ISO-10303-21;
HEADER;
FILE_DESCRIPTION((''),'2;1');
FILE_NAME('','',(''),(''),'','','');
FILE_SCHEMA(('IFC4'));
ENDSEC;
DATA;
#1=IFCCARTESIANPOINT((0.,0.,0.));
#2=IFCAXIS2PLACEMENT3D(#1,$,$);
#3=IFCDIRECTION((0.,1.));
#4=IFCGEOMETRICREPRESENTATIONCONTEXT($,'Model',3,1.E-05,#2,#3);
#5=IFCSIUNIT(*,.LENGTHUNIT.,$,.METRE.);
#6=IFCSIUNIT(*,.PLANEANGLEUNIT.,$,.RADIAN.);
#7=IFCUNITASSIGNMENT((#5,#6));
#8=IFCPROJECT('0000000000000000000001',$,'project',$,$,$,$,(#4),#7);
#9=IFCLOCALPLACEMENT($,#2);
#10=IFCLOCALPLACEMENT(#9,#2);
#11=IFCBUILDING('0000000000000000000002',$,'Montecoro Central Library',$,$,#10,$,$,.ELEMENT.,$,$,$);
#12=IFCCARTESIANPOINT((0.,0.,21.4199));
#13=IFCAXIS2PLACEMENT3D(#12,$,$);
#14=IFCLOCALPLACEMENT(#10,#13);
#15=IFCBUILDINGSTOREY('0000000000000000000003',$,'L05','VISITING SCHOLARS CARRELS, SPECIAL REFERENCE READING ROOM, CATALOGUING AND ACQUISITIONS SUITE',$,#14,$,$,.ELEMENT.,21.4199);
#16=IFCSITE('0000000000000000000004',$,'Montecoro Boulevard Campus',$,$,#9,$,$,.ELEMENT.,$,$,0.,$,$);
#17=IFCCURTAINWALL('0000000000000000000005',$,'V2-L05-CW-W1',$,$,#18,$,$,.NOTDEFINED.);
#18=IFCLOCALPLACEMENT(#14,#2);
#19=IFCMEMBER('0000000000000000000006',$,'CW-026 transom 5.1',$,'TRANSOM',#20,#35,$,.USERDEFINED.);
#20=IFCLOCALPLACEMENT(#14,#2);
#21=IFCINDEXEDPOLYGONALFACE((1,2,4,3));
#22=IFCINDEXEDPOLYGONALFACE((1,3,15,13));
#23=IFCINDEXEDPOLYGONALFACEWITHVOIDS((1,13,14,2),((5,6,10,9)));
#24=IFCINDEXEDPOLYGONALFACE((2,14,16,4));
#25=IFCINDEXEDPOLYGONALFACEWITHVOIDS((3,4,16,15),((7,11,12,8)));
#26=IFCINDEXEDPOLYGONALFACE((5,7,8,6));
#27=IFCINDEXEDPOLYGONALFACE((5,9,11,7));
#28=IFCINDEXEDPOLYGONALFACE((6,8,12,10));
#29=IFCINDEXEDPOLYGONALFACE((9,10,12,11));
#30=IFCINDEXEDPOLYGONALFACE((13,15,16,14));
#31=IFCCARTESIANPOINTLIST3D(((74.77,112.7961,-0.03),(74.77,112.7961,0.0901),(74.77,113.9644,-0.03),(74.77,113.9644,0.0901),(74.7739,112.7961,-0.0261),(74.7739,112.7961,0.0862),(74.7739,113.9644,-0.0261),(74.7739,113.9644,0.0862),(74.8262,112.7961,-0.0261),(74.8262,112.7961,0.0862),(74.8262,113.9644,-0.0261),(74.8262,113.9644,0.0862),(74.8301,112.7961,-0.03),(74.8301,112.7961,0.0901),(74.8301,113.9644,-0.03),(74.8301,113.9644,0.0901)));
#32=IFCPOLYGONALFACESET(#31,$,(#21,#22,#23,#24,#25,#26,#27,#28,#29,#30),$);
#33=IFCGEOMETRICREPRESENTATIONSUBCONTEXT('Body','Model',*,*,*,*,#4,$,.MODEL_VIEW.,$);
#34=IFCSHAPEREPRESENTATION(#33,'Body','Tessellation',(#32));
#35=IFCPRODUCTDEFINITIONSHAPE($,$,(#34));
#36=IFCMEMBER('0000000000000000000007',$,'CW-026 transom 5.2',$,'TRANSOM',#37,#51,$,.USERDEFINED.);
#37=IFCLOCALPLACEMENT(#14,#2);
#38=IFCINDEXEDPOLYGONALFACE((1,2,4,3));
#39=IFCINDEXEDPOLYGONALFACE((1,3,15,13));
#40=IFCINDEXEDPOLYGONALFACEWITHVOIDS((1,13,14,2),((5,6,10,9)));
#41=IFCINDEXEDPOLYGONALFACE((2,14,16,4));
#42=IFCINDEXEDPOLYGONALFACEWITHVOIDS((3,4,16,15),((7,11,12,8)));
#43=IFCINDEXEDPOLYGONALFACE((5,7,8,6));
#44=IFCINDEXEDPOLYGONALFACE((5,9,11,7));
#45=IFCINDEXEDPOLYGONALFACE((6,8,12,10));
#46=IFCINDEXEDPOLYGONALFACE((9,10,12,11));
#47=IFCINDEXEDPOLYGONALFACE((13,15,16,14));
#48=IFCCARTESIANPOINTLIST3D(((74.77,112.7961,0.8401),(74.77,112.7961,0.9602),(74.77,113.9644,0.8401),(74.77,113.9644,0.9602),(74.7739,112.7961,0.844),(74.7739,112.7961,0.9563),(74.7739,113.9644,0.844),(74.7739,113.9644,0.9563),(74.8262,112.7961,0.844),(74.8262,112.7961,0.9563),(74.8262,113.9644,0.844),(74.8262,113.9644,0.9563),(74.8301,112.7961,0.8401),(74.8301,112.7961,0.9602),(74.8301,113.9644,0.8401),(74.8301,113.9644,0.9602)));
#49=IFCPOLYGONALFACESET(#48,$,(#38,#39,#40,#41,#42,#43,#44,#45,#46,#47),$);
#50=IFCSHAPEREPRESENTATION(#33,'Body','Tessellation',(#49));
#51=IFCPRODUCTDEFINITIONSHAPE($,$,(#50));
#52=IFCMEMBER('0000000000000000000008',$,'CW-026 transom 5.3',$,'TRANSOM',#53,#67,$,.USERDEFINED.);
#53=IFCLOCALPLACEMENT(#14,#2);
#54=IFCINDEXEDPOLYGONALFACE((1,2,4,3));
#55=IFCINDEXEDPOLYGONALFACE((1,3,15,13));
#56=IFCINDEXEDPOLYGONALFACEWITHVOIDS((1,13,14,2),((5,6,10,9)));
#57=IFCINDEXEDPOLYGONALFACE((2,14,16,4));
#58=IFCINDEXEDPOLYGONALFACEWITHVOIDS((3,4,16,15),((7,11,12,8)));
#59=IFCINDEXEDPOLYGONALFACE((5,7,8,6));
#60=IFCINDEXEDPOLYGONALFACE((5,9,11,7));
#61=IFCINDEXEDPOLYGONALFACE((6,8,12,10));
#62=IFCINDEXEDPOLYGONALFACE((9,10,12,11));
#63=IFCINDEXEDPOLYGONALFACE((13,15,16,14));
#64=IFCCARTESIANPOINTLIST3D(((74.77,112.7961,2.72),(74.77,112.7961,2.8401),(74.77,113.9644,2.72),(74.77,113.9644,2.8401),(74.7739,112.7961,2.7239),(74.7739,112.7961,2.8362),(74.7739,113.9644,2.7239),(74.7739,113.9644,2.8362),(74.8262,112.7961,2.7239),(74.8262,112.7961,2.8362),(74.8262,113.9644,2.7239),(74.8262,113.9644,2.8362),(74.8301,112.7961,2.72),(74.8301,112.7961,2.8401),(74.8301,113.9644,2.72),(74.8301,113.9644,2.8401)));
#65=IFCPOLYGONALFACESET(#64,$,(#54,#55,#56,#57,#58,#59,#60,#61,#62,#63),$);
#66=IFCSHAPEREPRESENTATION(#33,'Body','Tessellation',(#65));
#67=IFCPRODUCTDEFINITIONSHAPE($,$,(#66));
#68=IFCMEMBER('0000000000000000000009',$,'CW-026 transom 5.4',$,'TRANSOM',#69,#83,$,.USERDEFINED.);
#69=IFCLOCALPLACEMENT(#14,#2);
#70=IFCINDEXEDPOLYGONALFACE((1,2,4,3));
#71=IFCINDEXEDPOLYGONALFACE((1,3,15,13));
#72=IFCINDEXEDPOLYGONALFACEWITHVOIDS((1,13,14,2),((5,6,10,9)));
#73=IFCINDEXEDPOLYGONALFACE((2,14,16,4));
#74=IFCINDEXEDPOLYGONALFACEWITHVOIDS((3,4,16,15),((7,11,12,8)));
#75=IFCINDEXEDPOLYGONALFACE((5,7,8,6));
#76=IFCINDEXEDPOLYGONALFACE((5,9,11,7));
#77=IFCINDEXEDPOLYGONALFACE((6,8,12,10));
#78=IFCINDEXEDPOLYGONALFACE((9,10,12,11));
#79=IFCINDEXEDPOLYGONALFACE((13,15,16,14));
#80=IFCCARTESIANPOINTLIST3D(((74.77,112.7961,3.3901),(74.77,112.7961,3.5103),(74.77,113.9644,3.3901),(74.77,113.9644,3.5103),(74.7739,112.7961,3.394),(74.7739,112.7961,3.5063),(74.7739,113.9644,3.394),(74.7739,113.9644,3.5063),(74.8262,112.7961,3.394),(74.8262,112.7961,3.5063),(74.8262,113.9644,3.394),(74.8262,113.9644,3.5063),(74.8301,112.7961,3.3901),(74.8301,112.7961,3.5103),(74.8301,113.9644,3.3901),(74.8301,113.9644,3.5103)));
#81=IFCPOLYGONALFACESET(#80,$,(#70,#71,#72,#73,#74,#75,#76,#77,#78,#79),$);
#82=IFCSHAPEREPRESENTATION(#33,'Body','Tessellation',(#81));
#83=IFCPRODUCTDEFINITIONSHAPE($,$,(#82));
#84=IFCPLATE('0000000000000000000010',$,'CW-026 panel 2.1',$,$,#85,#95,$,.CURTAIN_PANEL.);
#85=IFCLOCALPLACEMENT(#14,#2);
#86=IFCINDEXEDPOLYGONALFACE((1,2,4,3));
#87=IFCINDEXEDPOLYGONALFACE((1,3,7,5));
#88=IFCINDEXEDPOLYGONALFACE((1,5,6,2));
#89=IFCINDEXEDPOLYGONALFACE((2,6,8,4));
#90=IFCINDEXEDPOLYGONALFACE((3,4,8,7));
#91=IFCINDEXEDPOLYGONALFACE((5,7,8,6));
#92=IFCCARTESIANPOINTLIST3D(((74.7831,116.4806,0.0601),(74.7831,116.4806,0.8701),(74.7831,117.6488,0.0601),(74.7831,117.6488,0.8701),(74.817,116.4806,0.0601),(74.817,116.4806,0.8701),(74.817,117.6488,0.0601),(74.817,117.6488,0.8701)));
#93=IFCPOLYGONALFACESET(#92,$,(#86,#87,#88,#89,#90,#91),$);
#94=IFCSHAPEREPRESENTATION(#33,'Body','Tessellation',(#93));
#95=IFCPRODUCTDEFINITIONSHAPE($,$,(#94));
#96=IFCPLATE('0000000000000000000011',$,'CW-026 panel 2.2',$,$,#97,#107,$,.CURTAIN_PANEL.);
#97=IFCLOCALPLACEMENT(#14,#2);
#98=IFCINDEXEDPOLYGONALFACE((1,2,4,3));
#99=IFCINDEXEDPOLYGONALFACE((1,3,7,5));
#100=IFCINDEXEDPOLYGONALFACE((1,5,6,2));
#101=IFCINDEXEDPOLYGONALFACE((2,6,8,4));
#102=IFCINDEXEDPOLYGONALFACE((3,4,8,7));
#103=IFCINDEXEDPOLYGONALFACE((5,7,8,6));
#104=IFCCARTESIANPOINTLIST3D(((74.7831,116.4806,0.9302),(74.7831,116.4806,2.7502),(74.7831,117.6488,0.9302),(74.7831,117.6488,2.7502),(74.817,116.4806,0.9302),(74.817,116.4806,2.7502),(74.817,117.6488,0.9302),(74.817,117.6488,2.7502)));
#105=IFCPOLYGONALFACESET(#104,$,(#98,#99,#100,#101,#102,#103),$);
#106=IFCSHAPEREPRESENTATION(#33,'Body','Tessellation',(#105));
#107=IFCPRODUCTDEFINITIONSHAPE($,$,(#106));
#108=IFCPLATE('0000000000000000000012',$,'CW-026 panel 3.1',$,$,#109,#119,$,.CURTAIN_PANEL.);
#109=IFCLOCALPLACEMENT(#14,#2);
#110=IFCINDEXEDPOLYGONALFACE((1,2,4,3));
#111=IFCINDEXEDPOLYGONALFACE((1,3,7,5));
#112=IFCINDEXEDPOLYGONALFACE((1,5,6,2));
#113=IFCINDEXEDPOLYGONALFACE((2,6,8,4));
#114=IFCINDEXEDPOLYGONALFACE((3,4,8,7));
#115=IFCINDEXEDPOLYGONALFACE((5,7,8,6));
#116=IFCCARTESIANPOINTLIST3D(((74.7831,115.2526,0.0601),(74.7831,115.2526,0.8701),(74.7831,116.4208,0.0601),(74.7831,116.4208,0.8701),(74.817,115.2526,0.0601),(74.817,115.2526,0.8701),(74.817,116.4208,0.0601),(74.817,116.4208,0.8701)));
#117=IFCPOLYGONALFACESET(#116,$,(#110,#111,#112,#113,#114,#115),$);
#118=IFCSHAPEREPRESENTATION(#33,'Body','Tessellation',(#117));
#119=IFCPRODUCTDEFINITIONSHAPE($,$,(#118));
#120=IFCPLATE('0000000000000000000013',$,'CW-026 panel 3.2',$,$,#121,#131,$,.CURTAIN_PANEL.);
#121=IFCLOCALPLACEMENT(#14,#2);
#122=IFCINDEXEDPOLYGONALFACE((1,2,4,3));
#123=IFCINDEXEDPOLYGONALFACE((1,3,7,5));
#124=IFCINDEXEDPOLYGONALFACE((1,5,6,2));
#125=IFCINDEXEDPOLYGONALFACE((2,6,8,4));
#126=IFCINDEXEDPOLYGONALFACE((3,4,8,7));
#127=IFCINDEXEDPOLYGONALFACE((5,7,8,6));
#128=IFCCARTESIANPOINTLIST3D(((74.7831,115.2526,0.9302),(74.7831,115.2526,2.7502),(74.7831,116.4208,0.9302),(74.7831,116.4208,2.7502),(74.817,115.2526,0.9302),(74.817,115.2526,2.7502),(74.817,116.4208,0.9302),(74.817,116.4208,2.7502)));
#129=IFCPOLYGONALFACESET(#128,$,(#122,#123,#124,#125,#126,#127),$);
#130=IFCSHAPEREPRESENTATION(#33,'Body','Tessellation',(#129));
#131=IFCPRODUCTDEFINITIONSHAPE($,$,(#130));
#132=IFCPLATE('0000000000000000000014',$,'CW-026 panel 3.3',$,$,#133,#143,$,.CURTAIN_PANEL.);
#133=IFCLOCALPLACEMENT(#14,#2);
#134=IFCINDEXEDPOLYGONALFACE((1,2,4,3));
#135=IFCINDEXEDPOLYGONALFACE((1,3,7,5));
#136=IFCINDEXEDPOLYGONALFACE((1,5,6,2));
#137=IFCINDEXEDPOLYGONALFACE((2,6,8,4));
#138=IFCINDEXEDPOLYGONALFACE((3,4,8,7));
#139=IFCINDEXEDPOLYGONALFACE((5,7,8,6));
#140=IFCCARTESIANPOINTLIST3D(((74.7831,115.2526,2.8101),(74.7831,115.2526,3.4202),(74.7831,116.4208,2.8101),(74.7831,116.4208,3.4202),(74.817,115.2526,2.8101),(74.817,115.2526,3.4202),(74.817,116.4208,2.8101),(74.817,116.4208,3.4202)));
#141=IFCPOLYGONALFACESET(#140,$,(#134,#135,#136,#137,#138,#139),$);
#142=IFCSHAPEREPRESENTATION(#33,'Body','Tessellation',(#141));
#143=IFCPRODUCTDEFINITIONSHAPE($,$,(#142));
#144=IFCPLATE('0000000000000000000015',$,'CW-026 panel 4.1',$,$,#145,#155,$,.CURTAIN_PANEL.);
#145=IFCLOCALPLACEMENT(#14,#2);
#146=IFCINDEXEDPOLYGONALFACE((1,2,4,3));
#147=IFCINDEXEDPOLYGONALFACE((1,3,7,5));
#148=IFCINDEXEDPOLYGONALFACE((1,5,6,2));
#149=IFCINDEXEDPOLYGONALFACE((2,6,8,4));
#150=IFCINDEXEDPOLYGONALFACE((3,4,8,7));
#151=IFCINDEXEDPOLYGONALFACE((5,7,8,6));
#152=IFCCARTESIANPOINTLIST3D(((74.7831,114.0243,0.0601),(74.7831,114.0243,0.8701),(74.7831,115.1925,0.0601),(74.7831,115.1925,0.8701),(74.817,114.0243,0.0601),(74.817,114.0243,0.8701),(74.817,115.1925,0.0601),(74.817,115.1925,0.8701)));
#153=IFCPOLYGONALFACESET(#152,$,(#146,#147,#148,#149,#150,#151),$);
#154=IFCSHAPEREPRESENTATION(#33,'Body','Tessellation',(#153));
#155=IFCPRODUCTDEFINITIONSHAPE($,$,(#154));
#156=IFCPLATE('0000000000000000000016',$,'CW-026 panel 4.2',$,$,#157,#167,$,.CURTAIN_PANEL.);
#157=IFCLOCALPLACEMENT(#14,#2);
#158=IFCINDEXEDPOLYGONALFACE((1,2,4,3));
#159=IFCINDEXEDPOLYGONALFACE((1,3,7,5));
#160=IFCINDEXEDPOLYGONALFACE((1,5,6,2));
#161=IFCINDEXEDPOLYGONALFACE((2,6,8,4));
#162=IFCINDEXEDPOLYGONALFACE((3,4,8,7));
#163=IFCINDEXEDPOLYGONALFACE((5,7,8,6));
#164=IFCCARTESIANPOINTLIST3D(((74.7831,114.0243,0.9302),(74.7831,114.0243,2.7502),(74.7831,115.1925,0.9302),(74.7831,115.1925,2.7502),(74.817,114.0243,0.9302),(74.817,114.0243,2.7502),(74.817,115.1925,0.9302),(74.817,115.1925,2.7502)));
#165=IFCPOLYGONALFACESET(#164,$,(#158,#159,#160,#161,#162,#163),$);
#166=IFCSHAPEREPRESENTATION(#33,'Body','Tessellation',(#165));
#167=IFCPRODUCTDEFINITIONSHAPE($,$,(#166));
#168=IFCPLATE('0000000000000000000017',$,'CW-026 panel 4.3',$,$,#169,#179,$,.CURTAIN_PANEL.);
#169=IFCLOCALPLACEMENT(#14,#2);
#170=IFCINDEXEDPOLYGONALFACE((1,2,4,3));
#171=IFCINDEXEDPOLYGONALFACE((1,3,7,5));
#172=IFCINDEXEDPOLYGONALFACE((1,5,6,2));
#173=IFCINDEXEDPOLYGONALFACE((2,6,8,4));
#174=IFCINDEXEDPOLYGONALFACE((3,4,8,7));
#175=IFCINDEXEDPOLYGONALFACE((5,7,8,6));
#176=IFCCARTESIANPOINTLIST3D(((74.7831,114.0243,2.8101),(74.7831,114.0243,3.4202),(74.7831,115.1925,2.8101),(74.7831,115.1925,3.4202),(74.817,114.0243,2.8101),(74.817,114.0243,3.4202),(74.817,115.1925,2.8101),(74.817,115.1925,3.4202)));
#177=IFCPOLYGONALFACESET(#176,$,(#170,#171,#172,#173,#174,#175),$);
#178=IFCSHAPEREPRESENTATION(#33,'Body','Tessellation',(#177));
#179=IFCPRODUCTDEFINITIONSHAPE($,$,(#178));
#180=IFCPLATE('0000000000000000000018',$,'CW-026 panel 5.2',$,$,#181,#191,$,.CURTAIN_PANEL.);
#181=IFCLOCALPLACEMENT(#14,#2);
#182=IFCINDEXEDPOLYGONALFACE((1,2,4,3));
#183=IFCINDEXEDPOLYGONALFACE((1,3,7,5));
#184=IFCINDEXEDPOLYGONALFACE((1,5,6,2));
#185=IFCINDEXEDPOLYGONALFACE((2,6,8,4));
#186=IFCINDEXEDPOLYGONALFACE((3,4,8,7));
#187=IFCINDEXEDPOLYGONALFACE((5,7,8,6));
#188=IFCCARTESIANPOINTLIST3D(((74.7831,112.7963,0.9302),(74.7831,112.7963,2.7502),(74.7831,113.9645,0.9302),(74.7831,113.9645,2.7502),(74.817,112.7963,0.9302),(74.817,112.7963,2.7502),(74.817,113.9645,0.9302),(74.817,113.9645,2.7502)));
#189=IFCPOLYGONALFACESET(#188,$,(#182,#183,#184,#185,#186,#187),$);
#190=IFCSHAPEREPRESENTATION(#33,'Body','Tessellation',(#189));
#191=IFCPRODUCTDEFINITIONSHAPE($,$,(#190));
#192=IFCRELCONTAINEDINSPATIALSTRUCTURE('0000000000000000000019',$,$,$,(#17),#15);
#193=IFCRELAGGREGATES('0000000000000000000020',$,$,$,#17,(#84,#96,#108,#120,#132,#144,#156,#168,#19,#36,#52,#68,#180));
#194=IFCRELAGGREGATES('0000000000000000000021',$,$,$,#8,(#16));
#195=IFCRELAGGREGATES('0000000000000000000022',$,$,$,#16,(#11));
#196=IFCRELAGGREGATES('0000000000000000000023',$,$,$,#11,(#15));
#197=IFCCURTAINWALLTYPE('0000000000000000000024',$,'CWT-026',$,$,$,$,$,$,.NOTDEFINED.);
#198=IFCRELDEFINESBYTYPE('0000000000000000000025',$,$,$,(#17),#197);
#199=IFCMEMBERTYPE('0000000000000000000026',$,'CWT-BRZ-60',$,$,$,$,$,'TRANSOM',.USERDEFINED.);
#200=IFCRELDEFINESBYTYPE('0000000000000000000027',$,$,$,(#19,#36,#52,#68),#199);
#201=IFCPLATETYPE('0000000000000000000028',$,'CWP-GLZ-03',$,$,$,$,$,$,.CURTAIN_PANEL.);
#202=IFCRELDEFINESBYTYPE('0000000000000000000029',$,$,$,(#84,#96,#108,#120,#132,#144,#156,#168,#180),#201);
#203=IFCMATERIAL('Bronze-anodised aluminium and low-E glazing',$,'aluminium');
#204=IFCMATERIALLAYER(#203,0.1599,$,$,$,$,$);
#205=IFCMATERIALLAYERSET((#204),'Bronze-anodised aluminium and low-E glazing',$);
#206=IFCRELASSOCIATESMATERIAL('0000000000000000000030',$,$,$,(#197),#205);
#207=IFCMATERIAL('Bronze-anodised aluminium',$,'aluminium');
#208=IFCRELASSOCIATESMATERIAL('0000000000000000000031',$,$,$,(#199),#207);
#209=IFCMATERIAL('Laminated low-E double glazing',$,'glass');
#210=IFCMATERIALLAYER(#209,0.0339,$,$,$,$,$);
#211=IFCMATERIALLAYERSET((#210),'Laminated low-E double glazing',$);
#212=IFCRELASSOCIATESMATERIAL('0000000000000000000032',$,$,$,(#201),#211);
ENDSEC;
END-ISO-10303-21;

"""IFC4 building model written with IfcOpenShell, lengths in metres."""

from ifc_helpers import new_model, si_unit, direction, frame, origin, origin_2d, place, context, subcontext, project, spatial, rectangle, hollow_rectangle, extrude, material, layer, layer_set, material_profile, profile_set, type_object, element, aggregate, save


model = new_model("IFC4")

# Units and contexts
model_context = context("Model", 3, precision=1e-05, world=origin(), true_north=direction((0.0, 1.0)))
body_context = subcontext(model_context, "Body", "Model", "MODEL_VIEW")
ifc_project = project(units=[si_unit("LENGTHUNIT", "METRE"), si_unit("PLANEANGLEUNIT", "RADIAN")], contexts=[model_context])

# Site, building, storey
site_placement = place(None, origin())
site = spatial("IfcSite", under=ifc_project, at=site_placement, Name="Montecoro Boulevard Campus", CompositionType="ELEMENT", RefElevation=0.0)
building_placement = place(site_placement, origin())
building = spatial("IfcBuilding", under=site, at=building_placement, Name="Montecoro Central Library", CompositionType="ELEMENT")
storey_placement = place(building_placement, frame((0.0, 0.0, 21.4199)))
storey = spatial("IfcBuildingStorey", under=building, at=storey_placement, Name="L05", Description="VISITING SCHOLARS CARRELS, SPECIAL REFERENCE READING ROOM, CATALOGUING AND ACQUISITIONS SUITE", CompositionType="ELEMENT", Elevation=21.4199)

# Curtain wall, members, plates
ifc_material_1 = material(Name="Bronze-anodised aluminium and low-E glazing", Category="aluminium")
ifc_layer_1 = layer(ifc_material_1, 0.1599)
ifc_layer_set_1 = layer_set([ifc_layer_1], Name="Bronze-anodised aluminium and low-E glazing")
curtain_wall_type = type_object("IfcCurtainWallType", Name="CWT-026", PredefinedType="NOTDEFINED", material=ifc_layer_set_1)
curtain_wall_placement = place(storey_placement, origin())
curtain_wall = element("IfcCurtainWall", 1, at=curtain_wall_placement, inside=storey, type_object=curtain_wall_type, Name="V2-L05-CW-W1", PredefinedType="NOTDEFINED")
ifc_material_2 = material(Name="Bronze-anodised aluminium", Category="aluminium")
ifc_material_profile_1 = material_profile(ifc_material_2, hollow_rectangle(XDim=0.0601, YDim=0.1201, WallThickness=0.0039, at=origin_2d()), Name="CWT 120x60x4.0")
ifc_profile_set_1 = profile_set([ifc_material_profile_1], Name="Bronze-anodised aluminium")
member_type_1 = type_object("IfcMemberType", Name="CWT-BRZ-60", ElementType="TRANSOM", PredefinedType="USERDEFINED", material=ifc_profile_set_1)
member_1_placement = place(storey_placement, frame((74.8, 113.9644, 0.03), z_axis=(0.0, -1.0, 0.0), x_axis=(1.0, 0.0, 0.0)))
member_1 = element("IfcMember", 2, at=member_1_placement, type_object=member_type_1, Name="CW-026 transom 5.1", ObjectType="TRANSOM", PredefinedType="USERDEFINED", context=body_context, shape_type="SweptSolid", body=[
    extrude(hollow_rectangle(XDim=0.0601, YDim=0.1201, WallThickness=0.0039, at=origin_2d()), origin(), (0.0, 0.0, 1.0), 1.1682),
])
member_2_placement = place(storey_placement, frame((74.8, 113.9644, 0.9001), z_axis=(0.0, -1.0, 0.0), x_axis=(1.0, 0.0, 0.0)))
member_2 = element("IfcMember", 3, at=member_2_placement, type_object=member_type_1, Name="CW-026 transom 5.2", ObjectType="TRANSOM", PredefinedType="USERDEFINED", context=body_context, shape_type="SweptSolid", body=[
    extrude(hollow_rectangle(XDim=0.0601, YDim=0.1201, WallThickness=0.0039, at=origin_2d()), origin(), (0.0, 0.0, 1.0), 1.1682),
])
member_3_placement = place(storey_placement, frame((74.8, 113.9644, 2.78), z_axis=(0.0, -1.0, 0.0), x_axis=(1.0, 0.0, 0.0)))
member_3 = element("IfcMember", 4, at=member_3_placement, type_object=member_type_1, Name="CW-026 transom 5.3", ObjectType="TRANSOM", PredefinedType="USERDEFINED", context=body_context, shape_type="SweptSolid", body=[
    extrude(hollow_rectangle(XDim=0.0601, YDim=0.1201, WallThickness=0.0039, at=origin_2d()), origin(), (0.0, 0.0, 1.0), 1.1682),
])
member_4_placement = place(storey_placement, frame((74.8, 113.9644, 3.4502), z_axis=(0.0, -1.0, 0.0), x_axis=(1.0, 0.0, 0.0)))
member_4 = element("IfcMember", 5, at=member_4_placement, type_object=member_type_1, Name="CW-026 transom 5.4", ObjectType="TRANSOM", PredefinedType="USERDEFINED", context=body_context, shape_type="SweptSolid", body=[
    extrude(hollow_rectangle(XDim=0.0601, YDim=0.1201, WallThickness=0.0039, at=origin_2d()), origin(), (0.0, 0.0, 1.0), 1.1682),
])
ifc_material_3 = material(Name="Laminated low-E double glazing", Category="glass")
ifc_layer_2 = layer(ifc_material_3, 0.0339)
ifc_layer_set_2 = layer_set([ifc_layer_2], Name="Laminated low-E double glazing")
plate_type = type_object("IfcPlateType", Name="CWP-GLZ-03", PredefinedType="CURTAIN_PANEL", material=ifc_layer_set_2)
plate_1_placement = place(storey_placement, frame((74.8, 117.0647, 0.0601), z_axis=(0.0, 0.0, 1.0), x_axis=(0.0, -1.0, 0.0)))
plate_1 = element("IfcPlate", 6, at=plate_1_placement, type_object=plate_type, Name="CW-026 panel 2.1", PredefinedType="CURTAIN_PANEL", context=body_context, shape_type="SweptSolid", body=[
    extrude(rectangle(XDim=1.1682, YDim=0.0339, at=origin_2d()), origin(), (0.0, 0.0, 1.0), 0.8101),
])
plate_2_placement = place(storey_placement, frame((74.8, 117.0647, 0.9302), z_axis=(0.0, 0.0, 1.0), x_axis=(0.0, -1.0, 0.0)))
plate_2 = element("IfcPlate", 7, at=plate_2_placement, type_object=plate_type, Name="CW-026 panel 2.2", PredefinedType="CURTAIN_PANEL", context=body_context, shape_type="SweptSolid", body=[
    extrude(rectangle(XDim=1.1682, YDim=0.0339, at=origin_2d()), origin(), (0.0, 0.0, 1.0), 1.8201),
])
plate_3_placement = place(storey_placement, frame((74.8, 115.8367, 0.0601), z_axis=(0.0, 0.0, 1.0), x_axis=(0.0, -1.0, 0.0)))
plate_3 = element("IfcPlate", 8, at=plate_3_placement, type_object=plate_type, Name="CW-026 panel 3.1", PredefinedType="CURTAIN_PANEL", context=body_context, shape_type="SweptSolid", body=[
    extrude(rectangle(XDim=1.1682, YDim=0.0339, at=origin_2d()), origin(), (0.0, 0.0, 1.0), 0.8101),
])
plate_4_placement = place(storey_placement, frame((74.8, 115.8367, 0.9302), z_axis=(0.0, 0.0, 1.0), x_axis=(0.0, -1.0, 0.0)))
plate_4 = element("IfcPlate", 9, at=plate_4_placement, type_object=plate_type, Name="CW-026 panel 3.2", PredefinedType="CURTAIN_PANEL", context=body_context, shape_type="SweptSolid", body=[
    extrude(rectangle(XDim=1.1682, YDim=0.0339, at=origin_2d()), origin(), (0.0, 0.0, 1.0), 1.8201),
])
plate_5_placement = place(storey_placement, frame((74.8, 115.8367, 2.8101), z_axis=(0.0, 0.0, 1.0), x_axis=(0.0, -1.0, 0.0)))
plate_5 = element("IfcPlate", 10, at=plate_5_placement, type_object=plate_type, Name="CW-026 panel 3.3", PredefinedType="CURTAIN_PANEL", context=body_context, shape_type="SweptSolid", body=[
    extrude(rectangle(XDim=1.1682, YDim=0.0339, at=origin_2d()), origin(), (0.0, 0.0, 1.0), 0.6101),
])
plate_6_placement = place(storey_placement, frame((74.8, 114.6084, 0.0601), z_axis=(0.0, 0.0, 1.0), x_axis=(0.0, -1.0, 0.0)))
plate_6 = element("IfcPlate", 11, at=plate_6_placement, type_object=plate_type, Name="CW-026 panel 4.1", PredefinedType="CURTAIN_PANEL", context=body_context, shape_type="SweptSolid", body=[
    extrude(rectangle(XDim=1.1682, YDim=0.0339, at=origin_2d()), origin(), (0.0, 0.0, 1.0), 0.8101),
])
plate_7_placement = place(storey_placement, frame((74.8, 114.6084, 0.9302), z_axis=(0.0, 0.0, 1.0), x_axis=(0.0, -1.0, 0.0)))
plate_7 = element("IfcPlate", 12, at=plate_7_placement, type_object=plate_type, Name="CW-026 panel 4.2", PredefinedType="CURTAIN_PANEL", context=body_context, shape_type="SweptSolid", body=[
    extrude(rectangle(XDim=1.1682, YDim=0.0339, at=origin_2d()), origin(), (0.0, 0.0, 1.0), 1.8201),
])
plate_8_placement = place(storey_placement, frame((74.8, 114.6084, 2.8101), z_axis=(0.0, 0.0, 1.0), x_axis=(0.0, -1.0, 0.0)))
plate_8 = element("IfcPlate", 13, at=plate_8_placement, type_object=plate_type, Name="CW-026 panel 4.3", PredefinedType="CURTAIN_PANEL", context=body_context, shape_type="SweptSolid", body=[
    extrude(rectangle(XDim=1.1682, YDim=0.0339, at=origin_2d()), origin(), (0.0, 0.0, 1.0), 0.6101),
])
plate_9_placement = place(storey_placement, frame((74.8, 113.3804, 0.9302), z_axis=(0.0, 0.0, 1.0), x_axis=(0.0, -1.0, 0.0)))
plate_9 = element("IfcPlate", 14, at=plate_9_placement, type_object=plate_type, Name="CW-026 panel 5.2", PredefinedType="CURTAIN_PANEL", context=body_context, shape_type="SweptSolid", body=[
    extrude(rectangle(XDim=1.1682, YDim=0.0339, at=origin_2d()), origin(), (0.0, 0.0, 1.0), 1.8201),
])
aggregate(curtain_wall, [plate_1, plate_2, plate_3, plate_4, plate_5, plate_6, plate_7, plate_8, member_1, member_2, member_3, member_4, plate_9])

save(model, "model.ifc")
